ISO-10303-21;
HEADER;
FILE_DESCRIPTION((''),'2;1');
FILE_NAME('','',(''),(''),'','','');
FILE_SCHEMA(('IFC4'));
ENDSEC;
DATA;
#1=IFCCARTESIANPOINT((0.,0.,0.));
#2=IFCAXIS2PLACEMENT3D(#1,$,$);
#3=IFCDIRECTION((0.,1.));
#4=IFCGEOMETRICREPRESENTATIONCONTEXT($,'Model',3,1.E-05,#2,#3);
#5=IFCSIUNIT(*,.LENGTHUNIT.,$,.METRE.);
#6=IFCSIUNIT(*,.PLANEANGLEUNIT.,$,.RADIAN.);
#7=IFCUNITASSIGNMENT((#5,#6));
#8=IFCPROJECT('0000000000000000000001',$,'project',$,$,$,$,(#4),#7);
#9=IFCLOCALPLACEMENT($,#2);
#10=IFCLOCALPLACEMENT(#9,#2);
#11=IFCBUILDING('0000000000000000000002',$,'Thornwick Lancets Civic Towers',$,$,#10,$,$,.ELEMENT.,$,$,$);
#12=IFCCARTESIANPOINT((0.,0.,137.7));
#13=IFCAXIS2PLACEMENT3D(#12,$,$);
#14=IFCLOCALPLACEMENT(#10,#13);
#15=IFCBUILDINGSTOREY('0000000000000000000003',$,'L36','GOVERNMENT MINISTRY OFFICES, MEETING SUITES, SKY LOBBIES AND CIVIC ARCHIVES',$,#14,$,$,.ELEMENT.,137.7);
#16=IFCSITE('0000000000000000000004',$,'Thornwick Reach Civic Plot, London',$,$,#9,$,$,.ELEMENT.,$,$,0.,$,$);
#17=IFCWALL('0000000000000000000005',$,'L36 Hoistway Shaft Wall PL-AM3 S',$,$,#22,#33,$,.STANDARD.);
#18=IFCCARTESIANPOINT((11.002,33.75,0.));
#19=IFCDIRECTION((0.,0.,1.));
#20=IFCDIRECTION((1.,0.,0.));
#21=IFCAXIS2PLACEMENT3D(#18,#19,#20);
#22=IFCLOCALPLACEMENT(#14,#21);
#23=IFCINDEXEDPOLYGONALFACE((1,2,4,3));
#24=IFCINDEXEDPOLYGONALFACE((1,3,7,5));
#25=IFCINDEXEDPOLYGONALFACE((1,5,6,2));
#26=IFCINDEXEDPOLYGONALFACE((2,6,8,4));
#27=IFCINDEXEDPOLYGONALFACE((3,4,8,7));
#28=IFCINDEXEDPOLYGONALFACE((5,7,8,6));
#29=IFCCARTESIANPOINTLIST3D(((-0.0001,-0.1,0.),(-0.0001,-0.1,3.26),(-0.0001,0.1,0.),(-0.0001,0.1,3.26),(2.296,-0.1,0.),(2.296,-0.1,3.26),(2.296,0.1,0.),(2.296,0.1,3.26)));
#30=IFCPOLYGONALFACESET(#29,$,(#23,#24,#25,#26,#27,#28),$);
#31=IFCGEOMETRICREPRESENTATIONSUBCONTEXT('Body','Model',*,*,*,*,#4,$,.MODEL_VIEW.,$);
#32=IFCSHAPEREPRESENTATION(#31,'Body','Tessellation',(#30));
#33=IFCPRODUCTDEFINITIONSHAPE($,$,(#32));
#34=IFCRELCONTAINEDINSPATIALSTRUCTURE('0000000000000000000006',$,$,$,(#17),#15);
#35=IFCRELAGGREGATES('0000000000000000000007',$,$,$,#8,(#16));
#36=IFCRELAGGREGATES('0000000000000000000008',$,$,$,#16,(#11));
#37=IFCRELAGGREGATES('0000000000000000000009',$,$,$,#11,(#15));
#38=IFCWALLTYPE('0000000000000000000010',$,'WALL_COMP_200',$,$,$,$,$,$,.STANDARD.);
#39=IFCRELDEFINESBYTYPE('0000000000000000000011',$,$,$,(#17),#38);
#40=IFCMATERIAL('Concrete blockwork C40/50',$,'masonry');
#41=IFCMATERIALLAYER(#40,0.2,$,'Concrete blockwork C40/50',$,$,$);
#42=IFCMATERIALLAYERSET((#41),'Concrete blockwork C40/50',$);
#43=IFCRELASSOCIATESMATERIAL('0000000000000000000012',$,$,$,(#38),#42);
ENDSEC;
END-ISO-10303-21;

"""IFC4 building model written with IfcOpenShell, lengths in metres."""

from ifc_helpers import new_model, si_unit, direction, frame, frame_2d, origin, place, context, subcontext, project, spatial, rectangle, extrude, material, layer, layer_set, type_object, element, save


model = new_model("IFC4")

# Units and contexts
model_context = context("Model", 3, precision=1e-05, world=origin(), true_north=direction((0.0, 1.0)))
body_context = subcontext(model_context, "Body", "Model", "MODEL_VIEW")
ifc_project = project(units=[si_unit("LENGTHUNIT", "METRE"), si_unit("PLANEANGLEUNIT", "RADIAN")], contexts=[model_context])

# Site, building, storey
site_placement = place(None, origin())
site = spatial("IfcSite", under=ifc_project, at=site_placement, Name="Thornwick Reach Civic Plot, London", CompositionType="ELEMENT", RefElevation=0.0)
building_placement = place(site_placement, origin())
building = spatial("IfcBuilding", under=site, at=building_placement, Name="Thornwick Lancets Civic Towers", CompositionType="ELEMENT")
storey_placement = place(building_placement, frame((0.0, 0.0, 137.7)))
storey = spatial("IfcBuildingStorey", under=building, at=storey_placement, Name="L36", Description="GOVERNMENT MINISTRY OFFICES, MEETING SUITES, SKY LOBBIES AND CIVIC ARCHIVES", CompositionType="ELEMENT", Elevation=137.7)

# Shared definitions
ifc_material_1 = material(Name="Concrete blockwork C40/50", Category="masonry")
ifc_layer_1 = layer(ifc_material_1, 0.2, Name="Concrete blockwork C40/50")
ifc_layer_set_1 = layer_set([ifc_layer_1], Name="Concrete blockwork C40/50")
wall_type_1 = type_object("IfcWallType", Name="WALL_COMP_200", PredefinedType="STANDARD", material=ifc_layer_set_1)

# Wall
wall_1_placement = place(storey_placement, frame((11.002, 33.75, 0.0), z_axis=(0.0, 0.0, 1.0), x_axis=(1.0, 0.0, 0.0)))
element("IfcWall", 1, at=wall_1_placement, inside=storey, type_object=wall_type_1, Name="L36 Hoistway Shaft Wall PL-AM3 S", PredefinedType="STANDARD", context=body_context, shape_type="SweptSolid", body=[
    extrude(rectangle(XDim=2.2961, YDim=0.2, at=frame_2d((1.1479, 0.0))), origin(), (0.0, 0.0, 1.0), 3.26),
])

save(model, "model.ifc")
